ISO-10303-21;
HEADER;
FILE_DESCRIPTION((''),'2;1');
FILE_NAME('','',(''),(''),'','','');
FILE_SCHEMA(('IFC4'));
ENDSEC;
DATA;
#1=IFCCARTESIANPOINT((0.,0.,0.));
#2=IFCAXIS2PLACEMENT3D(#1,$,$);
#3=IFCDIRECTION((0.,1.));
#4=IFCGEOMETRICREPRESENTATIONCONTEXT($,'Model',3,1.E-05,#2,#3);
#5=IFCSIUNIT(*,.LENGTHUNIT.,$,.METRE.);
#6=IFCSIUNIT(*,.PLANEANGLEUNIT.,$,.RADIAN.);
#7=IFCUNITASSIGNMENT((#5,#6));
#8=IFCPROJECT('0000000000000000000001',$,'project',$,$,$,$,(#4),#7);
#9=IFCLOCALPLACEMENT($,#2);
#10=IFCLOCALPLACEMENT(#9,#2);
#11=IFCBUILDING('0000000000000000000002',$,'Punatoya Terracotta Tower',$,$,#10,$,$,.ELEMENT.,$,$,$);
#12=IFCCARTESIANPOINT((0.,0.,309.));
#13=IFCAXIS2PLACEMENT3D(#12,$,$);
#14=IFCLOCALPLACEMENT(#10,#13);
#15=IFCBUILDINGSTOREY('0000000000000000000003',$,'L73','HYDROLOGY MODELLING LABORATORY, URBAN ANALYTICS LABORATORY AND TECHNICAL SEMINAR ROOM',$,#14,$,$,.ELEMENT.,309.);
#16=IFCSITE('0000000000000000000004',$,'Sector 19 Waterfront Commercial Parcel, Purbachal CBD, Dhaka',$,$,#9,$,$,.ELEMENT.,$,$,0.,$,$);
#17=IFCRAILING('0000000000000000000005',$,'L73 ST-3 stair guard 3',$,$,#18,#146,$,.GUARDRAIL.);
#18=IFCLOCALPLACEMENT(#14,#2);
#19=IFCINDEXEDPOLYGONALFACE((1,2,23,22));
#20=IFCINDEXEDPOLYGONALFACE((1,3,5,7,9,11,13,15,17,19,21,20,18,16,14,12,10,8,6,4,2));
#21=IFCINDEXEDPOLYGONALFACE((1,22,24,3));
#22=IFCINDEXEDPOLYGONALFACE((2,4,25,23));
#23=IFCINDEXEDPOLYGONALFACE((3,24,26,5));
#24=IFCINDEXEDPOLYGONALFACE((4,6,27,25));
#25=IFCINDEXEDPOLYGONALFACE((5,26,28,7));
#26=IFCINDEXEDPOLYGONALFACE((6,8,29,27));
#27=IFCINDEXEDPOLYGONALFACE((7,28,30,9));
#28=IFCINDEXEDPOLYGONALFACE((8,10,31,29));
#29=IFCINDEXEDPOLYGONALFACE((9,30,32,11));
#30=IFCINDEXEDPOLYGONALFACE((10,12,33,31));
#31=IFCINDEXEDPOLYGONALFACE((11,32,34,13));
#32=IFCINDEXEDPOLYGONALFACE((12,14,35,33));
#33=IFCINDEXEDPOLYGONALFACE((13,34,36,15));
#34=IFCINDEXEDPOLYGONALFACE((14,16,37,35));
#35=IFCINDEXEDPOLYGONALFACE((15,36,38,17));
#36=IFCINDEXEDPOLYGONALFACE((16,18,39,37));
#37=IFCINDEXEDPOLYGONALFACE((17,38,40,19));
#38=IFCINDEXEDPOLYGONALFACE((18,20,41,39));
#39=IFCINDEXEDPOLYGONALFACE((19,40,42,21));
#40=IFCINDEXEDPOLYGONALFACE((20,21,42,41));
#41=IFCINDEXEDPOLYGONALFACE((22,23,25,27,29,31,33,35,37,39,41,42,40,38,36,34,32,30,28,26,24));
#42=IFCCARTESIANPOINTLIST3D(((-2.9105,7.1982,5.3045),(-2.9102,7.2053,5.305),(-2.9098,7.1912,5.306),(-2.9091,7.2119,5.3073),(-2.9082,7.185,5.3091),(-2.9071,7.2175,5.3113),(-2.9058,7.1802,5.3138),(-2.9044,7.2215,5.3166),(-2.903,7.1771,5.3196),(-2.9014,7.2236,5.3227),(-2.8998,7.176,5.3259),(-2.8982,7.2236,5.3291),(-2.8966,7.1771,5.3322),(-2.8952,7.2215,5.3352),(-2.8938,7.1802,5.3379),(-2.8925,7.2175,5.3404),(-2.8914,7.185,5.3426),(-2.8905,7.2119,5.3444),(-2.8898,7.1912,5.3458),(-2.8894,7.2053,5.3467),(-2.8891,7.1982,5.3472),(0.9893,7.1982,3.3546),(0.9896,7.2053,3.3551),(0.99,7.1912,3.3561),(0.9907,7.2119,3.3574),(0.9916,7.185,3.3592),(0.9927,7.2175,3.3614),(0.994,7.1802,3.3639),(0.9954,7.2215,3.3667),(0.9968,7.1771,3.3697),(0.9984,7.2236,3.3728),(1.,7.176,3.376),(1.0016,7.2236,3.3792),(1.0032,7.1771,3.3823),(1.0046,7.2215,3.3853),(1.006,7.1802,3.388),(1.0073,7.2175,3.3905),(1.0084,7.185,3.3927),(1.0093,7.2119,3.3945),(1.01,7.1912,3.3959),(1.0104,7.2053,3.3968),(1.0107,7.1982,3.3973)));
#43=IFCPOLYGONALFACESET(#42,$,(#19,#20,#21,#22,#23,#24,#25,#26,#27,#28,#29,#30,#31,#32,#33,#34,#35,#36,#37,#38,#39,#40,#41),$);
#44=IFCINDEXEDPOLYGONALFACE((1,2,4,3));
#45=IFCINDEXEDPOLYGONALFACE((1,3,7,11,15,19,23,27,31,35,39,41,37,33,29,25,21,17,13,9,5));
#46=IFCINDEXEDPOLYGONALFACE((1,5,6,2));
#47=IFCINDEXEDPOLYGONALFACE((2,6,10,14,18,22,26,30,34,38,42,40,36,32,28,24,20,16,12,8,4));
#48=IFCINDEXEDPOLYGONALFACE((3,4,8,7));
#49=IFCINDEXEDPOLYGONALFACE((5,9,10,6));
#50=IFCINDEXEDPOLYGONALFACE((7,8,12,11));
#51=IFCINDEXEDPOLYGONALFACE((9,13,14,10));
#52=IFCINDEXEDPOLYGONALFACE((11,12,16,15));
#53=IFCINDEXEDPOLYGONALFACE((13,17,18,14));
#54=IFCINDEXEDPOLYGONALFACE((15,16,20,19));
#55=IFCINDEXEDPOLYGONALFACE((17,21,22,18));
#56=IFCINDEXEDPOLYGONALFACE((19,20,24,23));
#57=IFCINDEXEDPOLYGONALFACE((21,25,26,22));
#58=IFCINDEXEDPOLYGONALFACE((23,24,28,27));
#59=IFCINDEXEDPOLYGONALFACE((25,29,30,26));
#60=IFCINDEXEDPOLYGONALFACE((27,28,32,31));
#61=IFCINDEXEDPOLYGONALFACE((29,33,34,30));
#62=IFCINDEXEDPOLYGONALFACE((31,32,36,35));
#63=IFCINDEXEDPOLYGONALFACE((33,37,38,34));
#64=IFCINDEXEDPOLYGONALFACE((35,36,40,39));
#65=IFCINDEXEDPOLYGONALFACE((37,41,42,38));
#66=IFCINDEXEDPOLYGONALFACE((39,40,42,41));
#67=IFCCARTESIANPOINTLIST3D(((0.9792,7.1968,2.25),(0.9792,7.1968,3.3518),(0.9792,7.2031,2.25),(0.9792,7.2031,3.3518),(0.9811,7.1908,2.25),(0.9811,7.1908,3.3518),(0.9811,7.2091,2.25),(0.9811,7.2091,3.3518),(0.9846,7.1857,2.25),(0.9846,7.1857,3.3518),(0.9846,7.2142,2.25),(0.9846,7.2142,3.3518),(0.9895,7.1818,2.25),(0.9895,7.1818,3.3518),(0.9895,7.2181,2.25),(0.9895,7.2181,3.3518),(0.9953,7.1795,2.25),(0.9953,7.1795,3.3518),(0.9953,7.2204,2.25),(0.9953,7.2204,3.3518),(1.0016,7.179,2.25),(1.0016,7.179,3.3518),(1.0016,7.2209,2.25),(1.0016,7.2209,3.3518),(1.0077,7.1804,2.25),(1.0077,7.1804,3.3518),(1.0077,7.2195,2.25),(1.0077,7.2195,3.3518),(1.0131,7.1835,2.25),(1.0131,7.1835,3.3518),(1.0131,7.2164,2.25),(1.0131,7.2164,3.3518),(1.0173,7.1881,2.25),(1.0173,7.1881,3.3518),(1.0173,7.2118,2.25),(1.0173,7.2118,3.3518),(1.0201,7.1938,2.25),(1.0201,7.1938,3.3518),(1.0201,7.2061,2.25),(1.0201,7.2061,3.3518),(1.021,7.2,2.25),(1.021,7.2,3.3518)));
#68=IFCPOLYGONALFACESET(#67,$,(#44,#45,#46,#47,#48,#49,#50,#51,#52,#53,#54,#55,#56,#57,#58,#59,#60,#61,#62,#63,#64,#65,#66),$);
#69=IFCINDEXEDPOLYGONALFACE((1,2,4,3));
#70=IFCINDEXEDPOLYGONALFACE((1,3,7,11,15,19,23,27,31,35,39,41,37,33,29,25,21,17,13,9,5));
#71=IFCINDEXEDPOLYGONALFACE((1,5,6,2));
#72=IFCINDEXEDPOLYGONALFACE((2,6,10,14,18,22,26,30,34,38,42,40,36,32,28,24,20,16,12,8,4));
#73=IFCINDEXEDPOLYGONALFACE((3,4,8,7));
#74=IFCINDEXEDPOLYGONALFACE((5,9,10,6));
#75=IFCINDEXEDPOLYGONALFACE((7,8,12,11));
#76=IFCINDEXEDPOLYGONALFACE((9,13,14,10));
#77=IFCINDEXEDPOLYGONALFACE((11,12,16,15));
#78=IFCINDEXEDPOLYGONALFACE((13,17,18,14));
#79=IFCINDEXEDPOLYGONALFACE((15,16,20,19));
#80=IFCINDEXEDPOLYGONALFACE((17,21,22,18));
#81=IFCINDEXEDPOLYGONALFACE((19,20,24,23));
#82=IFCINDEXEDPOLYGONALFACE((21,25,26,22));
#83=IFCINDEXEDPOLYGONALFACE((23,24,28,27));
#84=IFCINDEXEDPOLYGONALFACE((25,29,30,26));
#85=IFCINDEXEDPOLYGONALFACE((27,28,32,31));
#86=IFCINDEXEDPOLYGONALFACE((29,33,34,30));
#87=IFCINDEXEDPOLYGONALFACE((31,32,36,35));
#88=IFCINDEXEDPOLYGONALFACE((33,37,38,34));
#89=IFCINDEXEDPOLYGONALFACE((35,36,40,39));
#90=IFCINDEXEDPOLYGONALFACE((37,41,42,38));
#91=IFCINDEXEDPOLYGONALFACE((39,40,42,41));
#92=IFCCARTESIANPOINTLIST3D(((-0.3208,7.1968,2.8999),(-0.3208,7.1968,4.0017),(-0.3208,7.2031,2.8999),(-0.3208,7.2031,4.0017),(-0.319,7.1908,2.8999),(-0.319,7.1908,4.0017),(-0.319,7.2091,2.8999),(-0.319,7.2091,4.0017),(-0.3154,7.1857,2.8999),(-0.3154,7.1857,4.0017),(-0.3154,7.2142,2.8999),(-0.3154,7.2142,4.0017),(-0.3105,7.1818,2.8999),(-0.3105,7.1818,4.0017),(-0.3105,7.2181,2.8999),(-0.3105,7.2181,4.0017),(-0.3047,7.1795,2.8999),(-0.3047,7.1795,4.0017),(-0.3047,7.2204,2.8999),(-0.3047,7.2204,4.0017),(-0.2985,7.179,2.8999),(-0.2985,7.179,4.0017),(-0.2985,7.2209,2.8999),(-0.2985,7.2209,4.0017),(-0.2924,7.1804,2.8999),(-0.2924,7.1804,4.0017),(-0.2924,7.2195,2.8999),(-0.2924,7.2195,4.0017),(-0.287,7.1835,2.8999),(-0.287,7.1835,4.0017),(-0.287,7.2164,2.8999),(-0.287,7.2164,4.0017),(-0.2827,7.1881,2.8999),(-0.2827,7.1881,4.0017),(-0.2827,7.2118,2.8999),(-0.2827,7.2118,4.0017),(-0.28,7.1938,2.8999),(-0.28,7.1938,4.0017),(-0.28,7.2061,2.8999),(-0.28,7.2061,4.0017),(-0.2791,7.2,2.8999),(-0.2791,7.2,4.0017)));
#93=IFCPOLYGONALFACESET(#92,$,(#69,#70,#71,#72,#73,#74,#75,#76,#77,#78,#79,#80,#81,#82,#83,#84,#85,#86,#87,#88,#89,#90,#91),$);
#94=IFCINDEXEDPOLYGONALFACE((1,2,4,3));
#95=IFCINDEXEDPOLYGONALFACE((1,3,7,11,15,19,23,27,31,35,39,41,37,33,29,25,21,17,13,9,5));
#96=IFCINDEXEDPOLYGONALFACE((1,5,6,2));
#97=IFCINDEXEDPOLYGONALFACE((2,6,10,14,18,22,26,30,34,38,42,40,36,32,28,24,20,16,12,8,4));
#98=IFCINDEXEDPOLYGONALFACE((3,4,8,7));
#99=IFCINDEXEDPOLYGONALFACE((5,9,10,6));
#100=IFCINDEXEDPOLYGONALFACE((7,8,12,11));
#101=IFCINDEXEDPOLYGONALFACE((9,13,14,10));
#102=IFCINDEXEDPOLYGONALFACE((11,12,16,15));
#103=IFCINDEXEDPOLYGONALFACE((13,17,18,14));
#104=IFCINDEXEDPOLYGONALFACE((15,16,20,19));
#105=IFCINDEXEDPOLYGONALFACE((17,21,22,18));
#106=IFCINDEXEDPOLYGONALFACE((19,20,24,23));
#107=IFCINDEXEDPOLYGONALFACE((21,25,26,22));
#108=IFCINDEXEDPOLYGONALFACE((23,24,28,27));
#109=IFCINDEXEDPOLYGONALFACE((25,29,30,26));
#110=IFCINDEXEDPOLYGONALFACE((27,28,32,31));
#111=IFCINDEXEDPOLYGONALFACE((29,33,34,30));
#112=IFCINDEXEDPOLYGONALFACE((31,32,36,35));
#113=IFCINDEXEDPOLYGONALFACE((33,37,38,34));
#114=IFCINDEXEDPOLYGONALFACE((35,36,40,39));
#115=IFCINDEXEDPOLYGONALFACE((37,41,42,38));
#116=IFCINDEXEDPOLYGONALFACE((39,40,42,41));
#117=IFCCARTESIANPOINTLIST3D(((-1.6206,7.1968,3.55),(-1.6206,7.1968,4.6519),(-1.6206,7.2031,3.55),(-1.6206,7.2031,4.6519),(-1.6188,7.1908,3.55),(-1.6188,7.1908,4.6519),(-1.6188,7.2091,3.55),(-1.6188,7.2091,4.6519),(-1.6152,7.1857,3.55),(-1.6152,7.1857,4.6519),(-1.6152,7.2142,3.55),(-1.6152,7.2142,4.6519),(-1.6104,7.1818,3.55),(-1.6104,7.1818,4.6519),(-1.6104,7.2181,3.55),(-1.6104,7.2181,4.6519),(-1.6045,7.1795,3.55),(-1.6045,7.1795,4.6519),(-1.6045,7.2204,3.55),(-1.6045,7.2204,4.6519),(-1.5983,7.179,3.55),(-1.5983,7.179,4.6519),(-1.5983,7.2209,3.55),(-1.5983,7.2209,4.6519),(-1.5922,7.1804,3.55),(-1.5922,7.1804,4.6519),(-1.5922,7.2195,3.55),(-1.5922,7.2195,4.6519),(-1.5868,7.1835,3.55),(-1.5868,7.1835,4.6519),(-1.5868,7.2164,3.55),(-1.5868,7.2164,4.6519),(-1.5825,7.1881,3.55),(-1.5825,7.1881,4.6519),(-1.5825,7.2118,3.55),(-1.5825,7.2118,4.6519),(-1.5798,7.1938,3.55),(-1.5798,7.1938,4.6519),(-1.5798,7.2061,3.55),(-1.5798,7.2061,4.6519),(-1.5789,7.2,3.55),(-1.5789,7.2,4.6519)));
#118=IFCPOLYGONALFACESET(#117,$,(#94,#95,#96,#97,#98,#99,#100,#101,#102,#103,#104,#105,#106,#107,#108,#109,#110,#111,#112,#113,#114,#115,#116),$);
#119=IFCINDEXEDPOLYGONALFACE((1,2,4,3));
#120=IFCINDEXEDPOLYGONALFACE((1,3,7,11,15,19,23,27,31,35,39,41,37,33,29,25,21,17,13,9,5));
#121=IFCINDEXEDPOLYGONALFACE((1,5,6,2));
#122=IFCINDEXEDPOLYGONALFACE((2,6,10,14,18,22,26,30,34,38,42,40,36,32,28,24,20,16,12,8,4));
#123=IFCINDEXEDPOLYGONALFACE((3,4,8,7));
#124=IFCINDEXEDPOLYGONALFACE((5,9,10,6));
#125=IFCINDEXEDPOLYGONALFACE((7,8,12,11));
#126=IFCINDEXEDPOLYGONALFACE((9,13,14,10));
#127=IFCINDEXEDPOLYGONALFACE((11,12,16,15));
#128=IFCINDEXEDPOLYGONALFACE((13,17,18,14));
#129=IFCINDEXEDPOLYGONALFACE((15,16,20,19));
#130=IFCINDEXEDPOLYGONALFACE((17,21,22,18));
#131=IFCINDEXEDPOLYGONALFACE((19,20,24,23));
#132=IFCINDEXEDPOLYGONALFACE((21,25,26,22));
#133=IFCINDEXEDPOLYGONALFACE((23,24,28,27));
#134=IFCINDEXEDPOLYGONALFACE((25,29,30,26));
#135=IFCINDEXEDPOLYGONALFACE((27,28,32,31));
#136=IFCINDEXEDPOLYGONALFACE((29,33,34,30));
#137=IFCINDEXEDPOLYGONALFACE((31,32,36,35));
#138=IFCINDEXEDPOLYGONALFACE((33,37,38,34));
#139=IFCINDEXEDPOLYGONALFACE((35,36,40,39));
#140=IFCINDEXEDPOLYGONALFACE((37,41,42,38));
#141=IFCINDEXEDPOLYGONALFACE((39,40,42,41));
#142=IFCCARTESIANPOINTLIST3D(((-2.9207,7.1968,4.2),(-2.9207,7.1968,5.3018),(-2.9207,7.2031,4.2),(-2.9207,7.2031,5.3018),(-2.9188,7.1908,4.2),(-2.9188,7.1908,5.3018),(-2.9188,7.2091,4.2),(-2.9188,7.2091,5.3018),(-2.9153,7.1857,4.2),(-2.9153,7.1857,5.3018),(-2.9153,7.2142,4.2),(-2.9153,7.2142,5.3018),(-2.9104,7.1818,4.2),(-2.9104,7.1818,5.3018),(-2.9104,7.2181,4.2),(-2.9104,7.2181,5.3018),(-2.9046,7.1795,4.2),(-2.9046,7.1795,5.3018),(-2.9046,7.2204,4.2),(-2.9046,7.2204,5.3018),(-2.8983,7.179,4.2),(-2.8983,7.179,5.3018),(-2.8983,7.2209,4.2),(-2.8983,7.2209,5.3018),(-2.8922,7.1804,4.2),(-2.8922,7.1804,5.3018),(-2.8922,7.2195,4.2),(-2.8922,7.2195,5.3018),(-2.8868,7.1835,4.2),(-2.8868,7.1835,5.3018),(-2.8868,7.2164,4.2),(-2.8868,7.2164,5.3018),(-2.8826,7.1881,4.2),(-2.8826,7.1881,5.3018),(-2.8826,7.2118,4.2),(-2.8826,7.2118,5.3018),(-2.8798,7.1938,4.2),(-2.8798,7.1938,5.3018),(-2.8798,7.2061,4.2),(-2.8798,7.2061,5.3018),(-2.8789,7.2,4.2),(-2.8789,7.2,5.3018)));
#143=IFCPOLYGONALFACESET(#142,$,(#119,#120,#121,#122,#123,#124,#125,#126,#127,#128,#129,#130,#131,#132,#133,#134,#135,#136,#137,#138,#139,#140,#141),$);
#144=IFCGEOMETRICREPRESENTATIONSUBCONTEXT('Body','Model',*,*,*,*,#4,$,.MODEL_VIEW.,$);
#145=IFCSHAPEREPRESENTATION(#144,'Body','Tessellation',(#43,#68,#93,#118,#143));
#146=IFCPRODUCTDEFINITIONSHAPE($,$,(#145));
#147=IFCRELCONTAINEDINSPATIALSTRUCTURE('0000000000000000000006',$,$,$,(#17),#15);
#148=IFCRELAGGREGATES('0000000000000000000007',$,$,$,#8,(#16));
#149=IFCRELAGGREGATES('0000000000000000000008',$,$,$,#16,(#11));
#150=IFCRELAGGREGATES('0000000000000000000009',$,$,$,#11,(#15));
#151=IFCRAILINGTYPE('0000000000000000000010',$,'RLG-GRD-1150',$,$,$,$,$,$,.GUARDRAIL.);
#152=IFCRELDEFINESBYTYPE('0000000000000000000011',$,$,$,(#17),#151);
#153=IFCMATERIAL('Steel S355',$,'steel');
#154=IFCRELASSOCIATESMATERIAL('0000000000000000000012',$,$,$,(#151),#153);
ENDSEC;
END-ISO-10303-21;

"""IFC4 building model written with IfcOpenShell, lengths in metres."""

from ifc_helpers import new_model, si_unit, direction, frame, origin, origin_2d, place, context, subcontext, project, spatial, circle, extrude, material, type_object, element, save


model = new_model("IFC4")

# Units and contexts
model_context = context("Model", 3, precision=1e-05, world=origin(), true_north=direction((0.0, 1.0)))
body_context = subcontext(model_context, "Body", "Model", "MODEL_VIEW")
ifc_project = project(units=[si_unit("LENGTHUNIT", "METRE"), si_unit("PLANEANGLEUNIT", "RADIAN")], contexts=[model_context])

# Site, building, storey
site_placement = place(None, origin())
site = spatial("IfcSite", under=ifc_project, at=site_placement, Name="Sector 19 Waterfront Commercial Parcel, Purbachal CBD, Dhaka", CompositionType="ELEMENT", RefElevation=0.0)
building_placement = place(site_placement, origin())
building = spatial("IfcBuilding", under=site, at=building_placement, Name="Punatoya Terracotta Tower", CompositionType="ELEMENT")
storey_placement = place(building_placement, frame((0.0, 0.0, 309.0)))
storey = spatial("IfcBuildingStorey", under=building, at=storey_placement, Name="L73", Description="HYDROLOGY MODELLING LABORATORY, URBAN ANALYTICS LABORATORY AND TECHNICAL SEMINAR ROOM", CompositionType="ELEMENT", Elevation=309.0)

# Shared definitions
ifc_material_1 = material(Name="Steel S355", Category="steel")

# Railing
railing_type_1 = type_object("IfcRailingType", Name="RLG-GRD-1150", PredefinedType="GUARDRAIL", material=ifc_material_1)
railing_1_placement = place(storey_placement, frame((1.0, 7.2, 2.25)))
element("IfcRailing", 1, at=railing_1_placement, inside=storey, type_object=railing_type_1, Name="L73 ST-3 stair guard 3", PredefinedType="GUARDRAIL", context=body_context, shape_type="SweptSolid", body=[
    extrude(circle(Radius=0.0239, at=origin_2d()), frame((0.0, 0.0, 1.126), z_axis=(-0.894427, 0.0, 0.447214), x_axis=(0.0, -1.0, 0.0)), (0.0, 0.0, 1.0), 4.3601),
    extrude(circle(Radius=0.021, at=origin_2d()), origin(), (0.0, 0.0, 1.0), 1.1018),
    extrude(circle(Radius=0.021, at=origin_2d()), frame((-1.3, 0.0, 0.6499)), (0.0, 0.0, 1.0), 1.1018),
    extrude(circle(Radius=0.021, at=origin_2d()), frame((-2.5999, 0.0, 1.3)), (0.0, 0.0, 1.0), 1.1018),
    extrude(circle(Radius=0.021, at=origin_2d()), frame((-3.8999, 0.0, 1.95)), (0.0, 0.0, 1.0), 1.1018),
])

save(model, "model.ifc")
